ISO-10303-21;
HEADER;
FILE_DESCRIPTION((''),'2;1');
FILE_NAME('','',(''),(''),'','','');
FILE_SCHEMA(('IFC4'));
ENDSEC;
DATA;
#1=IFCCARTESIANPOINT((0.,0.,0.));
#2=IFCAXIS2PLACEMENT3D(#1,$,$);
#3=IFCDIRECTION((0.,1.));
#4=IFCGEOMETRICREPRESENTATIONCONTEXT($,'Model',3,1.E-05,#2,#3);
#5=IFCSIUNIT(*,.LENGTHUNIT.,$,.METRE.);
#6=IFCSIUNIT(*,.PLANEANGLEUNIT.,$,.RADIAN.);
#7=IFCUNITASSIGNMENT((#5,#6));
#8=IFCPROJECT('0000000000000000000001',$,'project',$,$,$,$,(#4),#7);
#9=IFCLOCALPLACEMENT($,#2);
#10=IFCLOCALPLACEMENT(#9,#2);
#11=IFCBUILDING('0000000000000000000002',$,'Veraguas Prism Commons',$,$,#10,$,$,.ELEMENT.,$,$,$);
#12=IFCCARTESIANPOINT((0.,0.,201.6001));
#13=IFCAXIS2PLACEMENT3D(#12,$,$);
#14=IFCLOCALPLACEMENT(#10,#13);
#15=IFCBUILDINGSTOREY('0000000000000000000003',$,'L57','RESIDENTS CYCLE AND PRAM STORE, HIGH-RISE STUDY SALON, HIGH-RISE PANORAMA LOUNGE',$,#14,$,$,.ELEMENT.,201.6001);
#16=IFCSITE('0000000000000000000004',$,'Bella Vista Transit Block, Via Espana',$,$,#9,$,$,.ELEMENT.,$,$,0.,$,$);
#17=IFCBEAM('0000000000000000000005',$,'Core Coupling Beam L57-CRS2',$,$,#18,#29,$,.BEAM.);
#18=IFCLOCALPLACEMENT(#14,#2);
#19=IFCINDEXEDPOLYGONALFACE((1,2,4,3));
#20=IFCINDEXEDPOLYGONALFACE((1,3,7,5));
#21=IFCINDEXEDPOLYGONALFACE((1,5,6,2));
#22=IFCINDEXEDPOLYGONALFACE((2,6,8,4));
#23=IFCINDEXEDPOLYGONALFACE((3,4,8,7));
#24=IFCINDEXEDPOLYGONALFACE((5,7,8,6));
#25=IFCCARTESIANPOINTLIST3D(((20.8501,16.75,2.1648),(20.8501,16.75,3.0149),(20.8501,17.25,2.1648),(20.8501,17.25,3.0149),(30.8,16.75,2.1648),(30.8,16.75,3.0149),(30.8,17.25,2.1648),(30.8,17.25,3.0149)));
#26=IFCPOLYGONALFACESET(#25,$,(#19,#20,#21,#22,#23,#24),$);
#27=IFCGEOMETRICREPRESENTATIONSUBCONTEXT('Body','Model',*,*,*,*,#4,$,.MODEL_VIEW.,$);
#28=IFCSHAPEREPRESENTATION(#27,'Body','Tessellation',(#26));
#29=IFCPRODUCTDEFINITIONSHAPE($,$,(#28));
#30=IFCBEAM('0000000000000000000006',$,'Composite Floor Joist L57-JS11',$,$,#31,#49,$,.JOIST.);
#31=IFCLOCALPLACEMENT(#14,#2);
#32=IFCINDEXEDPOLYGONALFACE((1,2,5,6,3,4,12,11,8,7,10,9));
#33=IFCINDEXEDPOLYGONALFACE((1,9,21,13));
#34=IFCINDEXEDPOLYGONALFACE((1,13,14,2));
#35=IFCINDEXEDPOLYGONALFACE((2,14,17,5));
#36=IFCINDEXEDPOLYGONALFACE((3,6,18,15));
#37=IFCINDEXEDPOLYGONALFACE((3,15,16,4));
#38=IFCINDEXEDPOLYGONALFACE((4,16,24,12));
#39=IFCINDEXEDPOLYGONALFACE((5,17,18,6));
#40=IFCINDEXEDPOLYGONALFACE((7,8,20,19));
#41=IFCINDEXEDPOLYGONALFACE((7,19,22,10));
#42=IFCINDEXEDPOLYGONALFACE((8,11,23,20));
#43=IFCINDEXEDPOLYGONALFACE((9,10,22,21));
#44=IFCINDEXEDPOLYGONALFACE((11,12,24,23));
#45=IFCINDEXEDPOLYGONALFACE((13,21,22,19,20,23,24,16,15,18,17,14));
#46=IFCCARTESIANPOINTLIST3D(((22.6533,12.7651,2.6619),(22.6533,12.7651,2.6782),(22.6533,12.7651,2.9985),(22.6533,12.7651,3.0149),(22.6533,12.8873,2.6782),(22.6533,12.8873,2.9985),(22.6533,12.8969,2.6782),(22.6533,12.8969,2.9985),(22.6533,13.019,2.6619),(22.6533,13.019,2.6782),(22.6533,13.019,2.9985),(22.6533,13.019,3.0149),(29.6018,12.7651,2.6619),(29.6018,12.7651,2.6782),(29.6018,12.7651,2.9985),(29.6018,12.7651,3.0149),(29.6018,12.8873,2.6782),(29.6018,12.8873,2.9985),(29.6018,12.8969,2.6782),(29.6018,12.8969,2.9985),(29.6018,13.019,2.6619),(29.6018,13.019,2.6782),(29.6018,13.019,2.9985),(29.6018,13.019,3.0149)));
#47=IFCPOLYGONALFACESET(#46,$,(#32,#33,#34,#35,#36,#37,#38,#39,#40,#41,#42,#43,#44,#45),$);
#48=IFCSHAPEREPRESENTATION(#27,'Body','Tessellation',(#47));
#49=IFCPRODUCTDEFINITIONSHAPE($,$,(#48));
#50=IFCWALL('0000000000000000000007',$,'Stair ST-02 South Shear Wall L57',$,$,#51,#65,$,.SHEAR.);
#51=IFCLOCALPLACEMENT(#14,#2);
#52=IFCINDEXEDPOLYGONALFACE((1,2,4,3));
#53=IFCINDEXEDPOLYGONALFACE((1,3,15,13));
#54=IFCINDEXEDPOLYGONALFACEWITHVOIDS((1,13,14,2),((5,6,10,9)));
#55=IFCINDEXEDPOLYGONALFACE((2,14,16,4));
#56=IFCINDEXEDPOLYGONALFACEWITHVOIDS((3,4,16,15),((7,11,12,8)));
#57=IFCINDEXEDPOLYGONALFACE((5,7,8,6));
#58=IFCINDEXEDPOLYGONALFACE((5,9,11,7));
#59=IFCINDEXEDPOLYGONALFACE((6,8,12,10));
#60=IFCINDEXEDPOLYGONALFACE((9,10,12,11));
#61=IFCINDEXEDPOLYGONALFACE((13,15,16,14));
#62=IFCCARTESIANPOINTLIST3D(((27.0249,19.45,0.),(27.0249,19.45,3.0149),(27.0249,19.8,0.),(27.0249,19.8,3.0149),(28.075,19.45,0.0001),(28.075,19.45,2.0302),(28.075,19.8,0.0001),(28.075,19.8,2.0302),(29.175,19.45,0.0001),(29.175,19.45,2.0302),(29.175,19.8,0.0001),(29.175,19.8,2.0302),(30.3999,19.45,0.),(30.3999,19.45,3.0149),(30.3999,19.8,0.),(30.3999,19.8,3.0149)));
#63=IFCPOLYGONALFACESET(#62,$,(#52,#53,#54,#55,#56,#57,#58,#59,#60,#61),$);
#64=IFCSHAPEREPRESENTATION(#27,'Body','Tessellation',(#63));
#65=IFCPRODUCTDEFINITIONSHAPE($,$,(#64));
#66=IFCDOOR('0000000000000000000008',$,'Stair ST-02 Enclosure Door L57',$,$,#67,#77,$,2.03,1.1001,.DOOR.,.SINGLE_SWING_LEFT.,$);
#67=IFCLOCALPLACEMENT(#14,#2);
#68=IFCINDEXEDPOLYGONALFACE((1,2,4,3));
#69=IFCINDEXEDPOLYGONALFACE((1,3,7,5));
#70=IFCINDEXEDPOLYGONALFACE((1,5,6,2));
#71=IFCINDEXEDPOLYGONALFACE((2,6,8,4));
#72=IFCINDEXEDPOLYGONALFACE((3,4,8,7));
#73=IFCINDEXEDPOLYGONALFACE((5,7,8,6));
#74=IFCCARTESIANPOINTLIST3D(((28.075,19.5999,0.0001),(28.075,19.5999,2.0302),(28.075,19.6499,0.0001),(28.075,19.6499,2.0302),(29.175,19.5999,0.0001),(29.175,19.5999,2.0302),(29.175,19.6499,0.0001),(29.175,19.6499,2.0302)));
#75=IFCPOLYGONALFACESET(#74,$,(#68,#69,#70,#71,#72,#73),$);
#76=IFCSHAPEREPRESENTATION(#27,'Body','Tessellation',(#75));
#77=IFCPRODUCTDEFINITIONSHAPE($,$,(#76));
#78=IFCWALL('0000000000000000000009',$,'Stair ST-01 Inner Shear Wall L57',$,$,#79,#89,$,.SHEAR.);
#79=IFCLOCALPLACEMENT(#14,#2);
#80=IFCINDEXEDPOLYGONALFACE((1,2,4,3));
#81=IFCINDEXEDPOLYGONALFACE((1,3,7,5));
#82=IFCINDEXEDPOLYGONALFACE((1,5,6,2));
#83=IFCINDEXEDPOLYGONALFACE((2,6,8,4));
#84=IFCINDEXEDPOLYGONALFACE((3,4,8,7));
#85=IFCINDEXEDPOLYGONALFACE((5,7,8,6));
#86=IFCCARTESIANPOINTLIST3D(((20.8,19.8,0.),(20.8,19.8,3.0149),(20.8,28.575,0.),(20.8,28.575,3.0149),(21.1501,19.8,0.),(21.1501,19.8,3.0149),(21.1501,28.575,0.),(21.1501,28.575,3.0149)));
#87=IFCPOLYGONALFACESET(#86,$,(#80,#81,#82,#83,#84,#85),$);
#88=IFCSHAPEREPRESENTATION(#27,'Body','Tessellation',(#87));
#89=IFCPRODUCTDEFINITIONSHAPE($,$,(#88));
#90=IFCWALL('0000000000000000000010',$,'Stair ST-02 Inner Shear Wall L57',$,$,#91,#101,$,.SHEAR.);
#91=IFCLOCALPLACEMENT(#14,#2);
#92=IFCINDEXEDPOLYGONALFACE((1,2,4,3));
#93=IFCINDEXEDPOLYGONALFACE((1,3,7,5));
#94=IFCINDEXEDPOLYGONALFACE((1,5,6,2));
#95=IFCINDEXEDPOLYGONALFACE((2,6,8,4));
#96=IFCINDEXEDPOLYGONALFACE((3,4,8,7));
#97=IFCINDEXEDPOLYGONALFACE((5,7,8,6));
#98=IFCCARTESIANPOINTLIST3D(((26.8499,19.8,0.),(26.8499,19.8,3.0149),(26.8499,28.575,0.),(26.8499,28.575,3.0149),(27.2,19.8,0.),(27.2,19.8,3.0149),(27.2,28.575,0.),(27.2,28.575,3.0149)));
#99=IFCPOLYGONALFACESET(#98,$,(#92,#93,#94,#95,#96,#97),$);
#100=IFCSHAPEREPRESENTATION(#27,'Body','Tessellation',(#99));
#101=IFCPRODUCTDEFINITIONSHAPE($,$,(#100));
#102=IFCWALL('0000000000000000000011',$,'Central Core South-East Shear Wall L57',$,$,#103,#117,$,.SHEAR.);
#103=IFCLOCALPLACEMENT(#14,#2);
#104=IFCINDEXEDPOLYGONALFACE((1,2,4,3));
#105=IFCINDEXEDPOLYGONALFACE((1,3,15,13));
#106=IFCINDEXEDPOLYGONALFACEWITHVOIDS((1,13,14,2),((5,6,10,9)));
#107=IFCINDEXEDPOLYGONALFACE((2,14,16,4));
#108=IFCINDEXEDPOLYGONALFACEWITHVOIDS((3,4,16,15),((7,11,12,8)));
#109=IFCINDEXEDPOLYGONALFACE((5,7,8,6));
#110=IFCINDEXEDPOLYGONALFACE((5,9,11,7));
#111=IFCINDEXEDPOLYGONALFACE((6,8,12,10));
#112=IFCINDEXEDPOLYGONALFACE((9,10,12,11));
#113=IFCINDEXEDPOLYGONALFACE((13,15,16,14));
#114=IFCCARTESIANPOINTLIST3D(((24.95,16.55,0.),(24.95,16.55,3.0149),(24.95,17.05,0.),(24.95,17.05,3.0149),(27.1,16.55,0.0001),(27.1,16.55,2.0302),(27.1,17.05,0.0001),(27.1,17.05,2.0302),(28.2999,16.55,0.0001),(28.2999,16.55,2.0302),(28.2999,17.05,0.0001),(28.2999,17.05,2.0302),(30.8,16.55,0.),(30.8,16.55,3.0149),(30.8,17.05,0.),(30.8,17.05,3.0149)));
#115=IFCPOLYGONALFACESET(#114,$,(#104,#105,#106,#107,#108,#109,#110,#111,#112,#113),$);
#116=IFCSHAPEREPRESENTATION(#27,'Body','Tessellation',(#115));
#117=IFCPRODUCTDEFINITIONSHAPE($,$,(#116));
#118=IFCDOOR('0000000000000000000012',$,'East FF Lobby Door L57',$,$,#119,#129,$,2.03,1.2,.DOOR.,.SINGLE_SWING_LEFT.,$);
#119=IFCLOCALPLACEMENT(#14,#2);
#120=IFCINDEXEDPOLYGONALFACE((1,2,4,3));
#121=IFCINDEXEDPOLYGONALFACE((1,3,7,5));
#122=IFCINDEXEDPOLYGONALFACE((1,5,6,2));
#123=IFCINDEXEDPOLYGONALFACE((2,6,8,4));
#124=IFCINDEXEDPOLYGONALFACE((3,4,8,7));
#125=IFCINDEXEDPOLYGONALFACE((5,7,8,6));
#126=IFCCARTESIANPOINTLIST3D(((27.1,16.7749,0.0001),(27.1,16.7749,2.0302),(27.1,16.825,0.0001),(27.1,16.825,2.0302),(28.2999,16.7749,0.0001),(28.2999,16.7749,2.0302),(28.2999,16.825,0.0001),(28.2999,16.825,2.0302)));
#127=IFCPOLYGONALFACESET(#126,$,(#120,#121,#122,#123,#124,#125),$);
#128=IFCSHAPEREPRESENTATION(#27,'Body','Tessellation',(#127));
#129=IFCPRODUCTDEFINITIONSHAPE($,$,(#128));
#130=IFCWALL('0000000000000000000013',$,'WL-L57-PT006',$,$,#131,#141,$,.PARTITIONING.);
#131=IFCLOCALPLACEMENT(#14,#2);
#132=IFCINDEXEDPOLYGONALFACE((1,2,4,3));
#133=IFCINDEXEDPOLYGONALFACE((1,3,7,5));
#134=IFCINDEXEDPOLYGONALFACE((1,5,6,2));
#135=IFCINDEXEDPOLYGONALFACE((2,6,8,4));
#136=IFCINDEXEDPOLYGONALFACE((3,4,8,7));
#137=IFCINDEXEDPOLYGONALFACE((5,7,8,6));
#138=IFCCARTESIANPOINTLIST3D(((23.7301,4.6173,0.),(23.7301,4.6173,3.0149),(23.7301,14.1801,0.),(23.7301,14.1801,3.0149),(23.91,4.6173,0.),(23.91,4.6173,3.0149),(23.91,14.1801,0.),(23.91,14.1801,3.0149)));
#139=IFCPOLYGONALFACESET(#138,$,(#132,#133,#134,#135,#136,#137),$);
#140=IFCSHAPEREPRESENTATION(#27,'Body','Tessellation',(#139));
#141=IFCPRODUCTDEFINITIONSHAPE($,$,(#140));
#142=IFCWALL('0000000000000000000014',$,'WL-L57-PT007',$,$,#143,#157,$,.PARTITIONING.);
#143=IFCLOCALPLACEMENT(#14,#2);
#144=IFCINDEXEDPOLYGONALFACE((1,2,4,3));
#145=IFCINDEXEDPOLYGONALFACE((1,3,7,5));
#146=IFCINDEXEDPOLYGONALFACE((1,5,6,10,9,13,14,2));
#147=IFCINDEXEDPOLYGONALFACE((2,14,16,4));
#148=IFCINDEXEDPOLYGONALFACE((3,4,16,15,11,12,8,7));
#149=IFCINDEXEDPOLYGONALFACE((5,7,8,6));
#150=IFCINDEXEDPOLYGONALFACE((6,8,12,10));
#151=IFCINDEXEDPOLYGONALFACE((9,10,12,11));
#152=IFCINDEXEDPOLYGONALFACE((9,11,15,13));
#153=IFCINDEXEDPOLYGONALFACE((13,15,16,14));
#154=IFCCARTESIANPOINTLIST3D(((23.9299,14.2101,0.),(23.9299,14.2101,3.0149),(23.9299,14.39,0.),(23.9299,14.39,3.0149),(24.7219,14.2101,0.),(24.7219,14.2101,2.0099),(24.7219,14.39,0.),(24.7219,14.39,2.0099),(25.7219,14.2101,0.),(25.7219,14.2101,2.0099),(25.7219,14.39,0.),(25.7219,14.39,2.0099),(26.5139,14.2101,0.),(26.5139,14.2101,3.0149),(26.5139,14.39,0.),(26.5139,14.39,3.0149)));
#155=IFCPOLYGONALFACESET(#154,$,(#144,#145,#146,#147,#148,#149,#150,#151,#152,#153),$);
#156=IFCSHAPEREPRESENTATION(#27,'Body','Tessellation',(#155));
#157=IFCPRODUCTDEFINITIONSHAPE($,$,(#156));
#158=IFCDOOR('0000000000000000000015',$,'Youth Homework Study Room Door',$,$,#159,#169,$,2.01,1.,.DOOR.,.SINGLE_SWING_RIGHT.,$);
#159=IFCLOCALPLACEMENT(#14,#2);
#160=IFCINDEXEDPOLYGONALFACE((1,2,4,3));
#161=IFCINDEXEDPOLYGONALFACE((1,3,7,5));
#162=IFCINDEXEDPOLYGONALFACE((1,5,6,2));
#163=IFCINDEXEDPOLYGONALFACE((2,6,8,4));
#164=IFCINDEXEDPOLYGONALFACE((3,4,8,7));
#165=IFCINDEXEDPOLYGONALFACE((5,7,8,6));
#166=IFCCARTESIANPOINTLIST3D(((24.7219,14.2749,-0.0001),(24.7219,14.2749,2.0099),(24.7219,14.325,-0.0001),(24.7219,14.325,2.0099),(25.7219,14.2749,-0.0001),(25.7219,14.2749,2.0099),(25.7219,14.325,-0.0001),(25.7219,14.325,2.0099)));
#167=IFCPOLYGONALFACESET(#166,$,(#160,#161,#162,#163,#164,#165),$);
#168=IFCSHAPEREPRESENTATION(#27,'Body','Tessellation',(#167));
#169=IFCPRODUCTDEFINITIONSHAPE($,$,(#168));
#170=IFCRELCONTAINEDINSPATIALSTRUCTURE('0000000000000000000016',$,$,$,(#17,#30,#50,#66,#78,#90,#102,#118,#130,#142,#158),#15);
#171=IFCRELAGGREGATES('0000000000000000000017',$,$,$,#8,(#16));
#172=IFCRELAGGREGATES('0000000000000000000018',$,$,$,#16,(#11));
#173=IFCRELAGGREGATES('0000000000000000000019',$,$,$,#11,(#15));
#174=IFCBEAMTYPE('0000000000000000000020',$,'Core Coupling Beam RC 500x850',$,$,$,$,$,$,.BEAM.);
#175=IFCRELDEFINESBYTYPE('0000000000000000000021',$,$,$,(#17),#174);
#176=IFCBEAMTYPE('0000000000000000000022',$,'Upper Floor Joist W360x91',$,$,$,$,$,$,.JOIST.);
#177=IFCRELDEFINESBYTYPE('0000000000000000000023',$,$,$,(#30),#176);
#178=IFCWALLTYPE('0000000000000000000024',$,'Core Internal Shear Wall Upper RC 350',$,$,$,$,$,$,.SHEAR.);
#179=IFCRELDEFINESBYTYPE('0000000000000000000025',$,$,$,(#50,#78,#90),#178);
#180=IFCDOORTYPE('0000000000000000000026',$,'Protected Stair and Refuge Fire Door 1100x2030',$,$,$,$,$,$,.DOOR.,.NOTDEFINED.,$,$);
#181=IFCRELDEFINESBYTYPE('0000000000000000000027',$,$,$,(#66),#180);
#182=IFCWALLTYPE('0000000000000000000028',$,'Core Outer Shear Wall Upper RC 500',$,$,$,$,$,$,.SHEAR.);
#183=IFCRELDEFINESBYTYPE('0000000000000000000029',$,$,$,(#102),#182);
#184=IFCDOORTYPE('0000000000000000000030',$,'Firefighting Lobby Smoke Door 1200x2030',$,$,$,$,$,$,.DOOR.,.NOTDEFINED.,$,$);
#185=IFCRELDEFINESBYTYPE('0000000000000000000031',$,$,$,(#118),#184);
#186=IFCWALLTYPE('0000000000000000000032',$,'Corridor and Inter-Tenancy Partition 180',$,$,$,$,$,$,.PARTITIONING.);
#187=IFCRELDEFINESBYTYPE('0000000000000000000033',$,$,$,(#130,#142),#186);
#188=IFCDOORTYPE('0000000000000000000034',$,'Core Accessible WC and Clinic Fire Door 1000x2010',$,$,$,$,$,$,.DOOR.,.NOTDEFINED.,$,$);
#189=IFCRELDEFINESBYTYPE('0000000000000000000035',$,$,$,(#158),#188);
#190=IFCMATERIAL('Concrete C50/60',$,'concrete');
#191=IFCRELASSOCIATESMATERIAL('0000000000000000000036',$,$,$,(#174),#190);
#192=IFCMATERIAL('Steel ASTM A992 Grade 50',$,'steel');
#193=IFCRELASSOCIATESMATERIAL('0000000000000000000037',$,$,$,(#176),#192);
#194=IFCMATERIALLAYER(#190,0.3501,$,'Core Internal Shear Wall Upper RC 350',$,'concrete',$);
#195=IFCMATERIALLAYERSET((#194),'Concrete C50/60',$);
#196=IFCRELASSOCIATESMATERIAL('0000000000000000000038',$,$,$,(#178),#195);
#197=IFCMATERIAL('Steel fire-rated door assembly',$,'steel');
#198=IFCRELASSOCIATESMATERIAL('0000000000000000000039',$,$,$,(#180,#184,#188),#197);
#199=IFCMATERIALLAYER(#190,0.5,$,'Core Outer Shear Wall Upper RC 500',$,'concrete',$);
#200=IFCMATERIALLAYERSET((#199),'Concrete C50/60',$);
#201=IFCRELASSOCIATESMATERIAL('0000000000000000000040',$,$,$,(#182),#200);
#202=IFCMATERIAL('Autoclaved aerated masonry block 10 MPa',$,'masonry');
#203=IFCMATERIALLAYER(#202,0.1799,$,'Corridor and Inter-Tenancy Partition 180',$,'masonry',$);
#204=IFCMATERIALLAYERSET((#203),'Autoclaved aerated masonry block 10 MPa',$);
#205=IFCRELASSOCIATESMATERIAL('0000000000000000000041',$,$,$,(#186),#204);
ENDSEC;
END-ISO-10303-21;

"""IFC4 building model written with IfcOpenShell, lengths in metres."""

from ifc_helpers import new_model, si_unit, direction, frame, frame_2d, origin, origin_2d, place, context, subcontext, project, spatial, rectangle, i_section, extrude, source, transform, mapped, material, layer, layer_set, material_profile, profile_set, type_object, element, fill, save


model = new_model("IFC4")

# Units and contexts
model_context = context("Model", 3, precision=1e-05, world=origin(), true_north=direction((0.0, 1.0)))
body_context = subcontext(model_context, "Body", "Model", "MODEL_VIEW")
ifc_project = project(units=[si_unit("LENGTHUNIT", "METRE"), si_unit("PLANEANGLEUNIT", "RADIAN")], contexts=[model_context])

# Site, building, storey
site_placement = place(None, origin())
site = spatial("IfcSite", under=ifc_project, at=site_placement, Name="Bella Vista Transit Block, Via Espana", CompositionType="ELEMENT", RefElevation=0.0)
building_placement = place(site_placement, origin())
building = spatial("IfcBuilding", under=site, at=building_placement, Name="Veraguas Prism Commons", CompositionType="ELEMENT")
storey_placement = place(building_placement, frame((0.0, 0.0, 201.6001)))
storey = spatial("IfcBuildingStorey", under=building, at=storey_placement, Name="L57", Description="RESIDENTS CYCLE AND PRAM STORE, HIGH-RISE STUDY SALON, HIGH-RISE PANORAMA LOUNGE", CompositionType="ELEMENT", Elevation=201.6001)

# Beams
ifc_material_1 = material(Name="Concrete C50/60", Category="concrete")
ifc_material_profile_1 = material_profile(ifc_material_1, rectangle(XDim=0.5, YDim=0.8501, at=origin_2d()), Name="RC500X850")
ifc_profile_set_1 = profile_set([ifc_material_profile_1], Name="Concrete C50/60")
beam_type_1 = type_object("IfcBeamType", Name="Core Coupling Beam RC 500x850", PredefinedType="BEAM", material=ifc_profile_set_1)
beam_1_placement = place(storey_placement, frame((20.8501, 17.0, 2.5898), z_axis=(1.0, 0.0, 0.0), x_axis=(0.0, 1.0, 0.0)))
element("IfcBeam", 1, at=beam_1_placement, inside=storey, type_object=beam_type_1, Name="Core Coupling Beam L57-CRS2", PredefinedType="BEAM", context=body_context, shape_type="SweptSolid", body=[
    extrude(rectangle(XDim=0.5, YDim=0.8501, at=origin_2d()), origin(), (0.0, 0.0, 1.0), 9.95),
])
ifc_material_2 = material(Name="Steel ASTM A992 Grade 50", Category="steel")
ifc_material_profile_2 = material_profile(ifc_material_2, i_section(OverallWidth=0.2539, OverallDepth=0.353, WebThickness=0.0095, FlangeThickness=0.0164, at=origin_2d()), Name="W360X91")
ifc_profile_set_2 = profile_set([ifc_material_profile_2], Name="Steel ASTM A992 Grade 50")
beam_type_2 = type_object("IfcBeamType", Name="Upper Floor Joist W360x91", PredefinedType="JOIST", material=ifc_profile_set_2)
beam_2_placement = place(storey_placement, frame((22.6533, 12.8921, 2.8384), z_axis=(1.0, 0.0, 0.0), x_axis=(0.0, 1.0, 0.0)))
element("IfcBeam", 2, at=beam_2_placement, inside=storey, type_object=beam_type_2, Name="Composite Floor Joist L57-JS11", PredefinedType="JOIST", context=body_context, shape_type="SweptSolid", body=[
    extrude(i_section(OverallWidth=0.2539, OverallDepth=0.353, WebThickness=0.0095, FlangeThickness=0.0164, at=origin_2d()), origin(), (0.0, 0.0, 1.0), 6.9485),
])

# Wall, opening, door
ifc_layer_1 = layer(ifc_material_1, 0.3501, Name="Core Internal Shear Wall Upper RC 350", Category="concrete")
ifc_layer_set_1 = layer_set([ifc_layer_1], Name="Concrete C50/60")
wall_type_1 = type_object("IfcWallType", Name="Core Internal Shear Wall Upper RC 350", PredefinedType="SHEAR", material=ifc_layer_set_1)
wall_1_placement = place(storey_placement, frame((27.0249, 19.625, 0.0), z_axis=(0.0, 0.0, 1.0), x_axis=(1.0, 0.0, 0.0)))
wall_1 = element("IfcWall", 3, at=wall_1_placement, inside=storey, type_object=wall_type_1, Name="Stair ST-02 South Shear Wall L57", PredefinedType="SHEAR", context=body_context, shape_type="SweptSolid", body=[
    extrude(rectangle(XDim=3.375, YDim=0.3501, at=frame_2d((1.6875, 0.0))), origin(), (0.0, 0.0, 1.0), 3.0149),
])
opening_1_placement = place(wall_1_placement, frame((1.05, 0.0, 0.0)))
opening_1 = element("IfcOpeningElement", 4, at=opening_1_placement, cuts=wall_1, PredefinedType="OPENING", context=body_context, shape_type="SweptSolid", body=[
    extrude(rectangle(XDim=1.1001, YDim=2.03, at=frame_2d((0.55, 1.0151))), frame((0.0, 0.1851, 0.0), z_axis=(0.0, -1.0, 0.0), x_axis=(1.0, 0.0, 0.0)), (0.0, 0.0, 1.0), 0.3701),
])
ifc_material_3 = material(Name="Steel fire-rated door assembly", Category="steel")
door_type_1 = type_object("IfcDoorType", Name="Protected Stair and Refuge Fire Door 1100x2030", OperationType="NOTDEFINED", PredefinedType="DOOR", material=ifc_material_3)
shared_shape_1 = source(origin(), body_context, "Body", "SweptSolid", [
    extrude(rectangle(XDim=1.1001, YDim=2.03, at=frame_2d((0.55, 1.0151))), frame((0.0, 0.0249, 0.0), z_axis=(0.0, -1.0, 0.0), x_axis=(1.0, 0.0, 0.0)), (0.0, 0.0, 1.0), 0.05),
])
door_1_placement = place(opening_1_placement, origin())
door_1 = element("IfcDoor", 5, at=door_1_placement, inside=storey, type_object=door_type_1, Name="Stair ST-02 Enclosure Door L57", OperationType="SINGLE_SWING_LEFT", OverallHeight=2.03, OverallWidth=1.1001, PredefinedType="DOOR", context=body_context, shape_type="MappedRepresentation", body=[
    mapped(shared_shape_1, transform((0.0, 0.0, 0.0), scale=1.0)),
])
fill(opening_1, door_1)

# Walls
for number, where, z_axis, x_axis, name in (
    (6, (20.9751, 19.8, 0.0), (0.0, 0.0, 1.0), (0.0, 1.0, 0.0), "Stair ST-01 Inner Shear Wall L57"),
    (7, (27.0249, 19.8, 0.0), (0.0, 0.0, 1.0), (0.0, 1.0, 0.0), "Stair ST-02 Inner Shear Wall L57"),
):
    element("IfcWall", number, at=place(storey_placement, frame(where, z_axis=z_axis, x_axis=x_axis)), inside=storey, type_object=wall_type_1, Name=name, PredefinedType="SHEAR", context=body_context, shape_type="SweptSolid", body=[
        extrude(rectangle(XDim=8.7749, YDim=0.3501, at=frame_2d((4.3875, 0.0))), origin(), (0.0, 0.0, 1.0), 3.0149),
    ])

# Wall, opening, door
ifc_layer_2 = layer(ifc_material_1, 0.5, Name="Core Outer Shear Wall Upper RC 500", Category="concrete")
ifc_layer_set_2 = layer_set([ifc_layer_2], Name="Concrete C50/60")
wall_type_2 = type_object("IfcWallType", Name="Core Outer Shear Wall Upper RC 500", PredefinedType="SHEAR", material=ifc_layer_set_2)
wall_2_placement = place(storey_placement, frame((24.95, 16.8, 0.0), z_axis=(0.0, 0.0, 1.0), x_axis=(1.0, 0.0, 0.0)))
wall_2 = element("IfcWall", 8, at=wall_2_placement, inside=storey, type_object=wall_type_2, Name="Central Core South-East Shear Wall L57", PredefinedType="SHEAR", context=body_context, shape_type="SweptSolid", body=[
    extrude(rectangle(XDim=5.8501, YDim=0.5, at=frame_2d((2.925, 0.0))), origin(), (0.0, 0.0, 1.0), 3.0149),
])
opening_2_placement = place(wall_2_placement, frame((2.1499, 0.0, 0.0)))
opening_2 = element("IfcOpeningElement", 9, at=opening_2_placement, cuts=wall_2, PredefinedType="OPENING", context=body_context, shape_type="SweptSolid", body=[
    extrude(rectangle(XDim=1.2, YDim=2.03, at=frame_2d((0.6001, 1.0151))), frame((0.0, 0.26, 0.0), z_axis=(0.0, -1.0, 0.0), x_axis=(1.0, 0.0, 0.0)), (0.0, 0.0, 1.0), 0.52),
])
door_type_2 = type_object("IfcDoorType", Name="Firefighting Lobby Smoke Door 1200x2030", OperationType="NOTDEFINED", PredefinedType="DOOR", material=ifc_material_3)
shared_shape_2 = source(origin(), body_context, "Body", "SweptSolid", [
    extrude(rectangle(XDim=1.2, YDim=2.03, at=frame_2d((0.6001, 1.0151))), frame((0.0, 0.0249, 0.0), z_axis=(0.0, -1.0, 0.0), x_axis=(1.0, 0.0, 0.0)), (0.0, 0.0, 1.0), 0.05),
])
door_2_placement = place(opening_2_placement, origin())
door_2 = element("IfcDoor", 10, at=door_2_placement, inside=storey, type_object=door_type_2, Name="East FF Lobby Door L57", OperationType="SINGLE_SWING_LEFT", OverallHeight=2.03, OverallWidth=1.2, PredefinedType="DOOR", context=body_context, shape_type="MappedRepresentation", body=[
    mapped(shared_shape_2, transform((0.0, 0.0, 0.0), scale=1.0)),
])
fill(opening_2, door_2)

# Wall
ifc_material_4 = material(Name="Autoclaved aerated masonry block 10 MPa", Category="masonry")
ifc_layer_3 = layer(ifc_material_4, 0.1799, Name="Corridor and Inter-Tenancy Partition 180", Category="masonry")
ifc_layer_set_3 = layer_set([ifc_layer_3], Name="Autoclaved aerated masonry block 10 MPa")
wall_type_3 = type_object("IfcWallType", Name="Corridor and Inter-Tenancy Partition 180", PredefinedType="PARTITIONING", material=ifc_layer_set_3)
wall_3_placement = place(storey_placement, frame((23.8201, 14.1799, 0.0), z_axis=(0.0, 0.0, 1.0), x_axis=(0.0, -1.0, 0.0)))
element("IfcWall", 11, at=wall_3_placement, inside=storey, type_object=wall_type_3, Name="WL-L57-PT006", PredefinedType="PARTITIONING", context=body_context, shape_type="SweptSolid", body=[
    extrude(rectangle(XDim=9.5627, YDim=0.1799, at=frame_2d((4.7812, 0.0))), origin(), (0.0, 0.0, 1.0), 3.0149),
])

# Wall, opening, door
wall_4_placement = place(storey_placement, frame((23.9299, 14.3, 0.0), z_axis=(0.0, 0.0, 1.0), x_axis=(1.0, 0.0, 0.0)))
wall_4 = element("IfcWall", 12, at=wall_4_placement, inside=storey, type_object=wall_type_3, Name="WL-L57-PT007", PredefinedType="PARTITIONING", context=body_context, shape_type="SweptSolid", body=[
    extrude(rectangle(XDim=2.584, YDim=0.1799, at=frame_2d((1.292, 0.0))), origin(), (0.0, 0.0, 1.0), 3.0149),
])
opening_3_placement = place(wall_4_placement, frame((0.792, 0.0, 0.0)))
opening_3 = element("IfcOpeningElement", 13, at=opening_3_placement, cuts=wall_4, PredefinedType="OPENING", context=body_context, shape_type="SweptSolid", body=[
    extrude(rectangle(XDim=1.0, YDim=2.01, at=frame_2d((0.5, 1.0049))), frame((0.0, 0.0999, 0.0), z_axis=(0.0, -1.0, 0.0), x_axis=(1.0, 0.0, 0.0)), (0.0, 0.0, 1.0), 0.2),
])
door_type_3 = type_object("IfcDoorType", Name="Core Accessible WC and Clinic Fire Door 1000x2010", OperationType="NOTDEFINED", PredefinedType="DOOR", material=ifc_material_3)
shared_shape_3 = source(origin(), body_context, "Body", "SweptSolid", [
    extrude(rectangle(XDim=1.0, YDim=2.01, at=frame_2d((0.5, 1.0049))), frame((0.0, 0.0249, 0.0), z_axis=(0.0, -1.0, 0.0), x_axis=(1.0, 0.0, 0.0)), (0.0, 0.0, 1.0), 0.05),
])
door_3_placement = place(opening_3_placement, origin())
door_3 = element("IfcDoor", 14, at=door_3_placement, inside=storey, type_object=door_type_3, Name="Youth Homework Study Room Door", OperationType="SINGLE_SWING_RIGHT", OverallHeight=2.01, OverallWidth=1.0, PredefinedType="DOOR", context=body_context, shape_type="MappedRepresentation", body=[
    mapped(shared_shape_3, transform((0.0, 0.0, 0.0), scale=1.0)),
])
fill(opening_3, door_3)

save(model, "model.ifc")
